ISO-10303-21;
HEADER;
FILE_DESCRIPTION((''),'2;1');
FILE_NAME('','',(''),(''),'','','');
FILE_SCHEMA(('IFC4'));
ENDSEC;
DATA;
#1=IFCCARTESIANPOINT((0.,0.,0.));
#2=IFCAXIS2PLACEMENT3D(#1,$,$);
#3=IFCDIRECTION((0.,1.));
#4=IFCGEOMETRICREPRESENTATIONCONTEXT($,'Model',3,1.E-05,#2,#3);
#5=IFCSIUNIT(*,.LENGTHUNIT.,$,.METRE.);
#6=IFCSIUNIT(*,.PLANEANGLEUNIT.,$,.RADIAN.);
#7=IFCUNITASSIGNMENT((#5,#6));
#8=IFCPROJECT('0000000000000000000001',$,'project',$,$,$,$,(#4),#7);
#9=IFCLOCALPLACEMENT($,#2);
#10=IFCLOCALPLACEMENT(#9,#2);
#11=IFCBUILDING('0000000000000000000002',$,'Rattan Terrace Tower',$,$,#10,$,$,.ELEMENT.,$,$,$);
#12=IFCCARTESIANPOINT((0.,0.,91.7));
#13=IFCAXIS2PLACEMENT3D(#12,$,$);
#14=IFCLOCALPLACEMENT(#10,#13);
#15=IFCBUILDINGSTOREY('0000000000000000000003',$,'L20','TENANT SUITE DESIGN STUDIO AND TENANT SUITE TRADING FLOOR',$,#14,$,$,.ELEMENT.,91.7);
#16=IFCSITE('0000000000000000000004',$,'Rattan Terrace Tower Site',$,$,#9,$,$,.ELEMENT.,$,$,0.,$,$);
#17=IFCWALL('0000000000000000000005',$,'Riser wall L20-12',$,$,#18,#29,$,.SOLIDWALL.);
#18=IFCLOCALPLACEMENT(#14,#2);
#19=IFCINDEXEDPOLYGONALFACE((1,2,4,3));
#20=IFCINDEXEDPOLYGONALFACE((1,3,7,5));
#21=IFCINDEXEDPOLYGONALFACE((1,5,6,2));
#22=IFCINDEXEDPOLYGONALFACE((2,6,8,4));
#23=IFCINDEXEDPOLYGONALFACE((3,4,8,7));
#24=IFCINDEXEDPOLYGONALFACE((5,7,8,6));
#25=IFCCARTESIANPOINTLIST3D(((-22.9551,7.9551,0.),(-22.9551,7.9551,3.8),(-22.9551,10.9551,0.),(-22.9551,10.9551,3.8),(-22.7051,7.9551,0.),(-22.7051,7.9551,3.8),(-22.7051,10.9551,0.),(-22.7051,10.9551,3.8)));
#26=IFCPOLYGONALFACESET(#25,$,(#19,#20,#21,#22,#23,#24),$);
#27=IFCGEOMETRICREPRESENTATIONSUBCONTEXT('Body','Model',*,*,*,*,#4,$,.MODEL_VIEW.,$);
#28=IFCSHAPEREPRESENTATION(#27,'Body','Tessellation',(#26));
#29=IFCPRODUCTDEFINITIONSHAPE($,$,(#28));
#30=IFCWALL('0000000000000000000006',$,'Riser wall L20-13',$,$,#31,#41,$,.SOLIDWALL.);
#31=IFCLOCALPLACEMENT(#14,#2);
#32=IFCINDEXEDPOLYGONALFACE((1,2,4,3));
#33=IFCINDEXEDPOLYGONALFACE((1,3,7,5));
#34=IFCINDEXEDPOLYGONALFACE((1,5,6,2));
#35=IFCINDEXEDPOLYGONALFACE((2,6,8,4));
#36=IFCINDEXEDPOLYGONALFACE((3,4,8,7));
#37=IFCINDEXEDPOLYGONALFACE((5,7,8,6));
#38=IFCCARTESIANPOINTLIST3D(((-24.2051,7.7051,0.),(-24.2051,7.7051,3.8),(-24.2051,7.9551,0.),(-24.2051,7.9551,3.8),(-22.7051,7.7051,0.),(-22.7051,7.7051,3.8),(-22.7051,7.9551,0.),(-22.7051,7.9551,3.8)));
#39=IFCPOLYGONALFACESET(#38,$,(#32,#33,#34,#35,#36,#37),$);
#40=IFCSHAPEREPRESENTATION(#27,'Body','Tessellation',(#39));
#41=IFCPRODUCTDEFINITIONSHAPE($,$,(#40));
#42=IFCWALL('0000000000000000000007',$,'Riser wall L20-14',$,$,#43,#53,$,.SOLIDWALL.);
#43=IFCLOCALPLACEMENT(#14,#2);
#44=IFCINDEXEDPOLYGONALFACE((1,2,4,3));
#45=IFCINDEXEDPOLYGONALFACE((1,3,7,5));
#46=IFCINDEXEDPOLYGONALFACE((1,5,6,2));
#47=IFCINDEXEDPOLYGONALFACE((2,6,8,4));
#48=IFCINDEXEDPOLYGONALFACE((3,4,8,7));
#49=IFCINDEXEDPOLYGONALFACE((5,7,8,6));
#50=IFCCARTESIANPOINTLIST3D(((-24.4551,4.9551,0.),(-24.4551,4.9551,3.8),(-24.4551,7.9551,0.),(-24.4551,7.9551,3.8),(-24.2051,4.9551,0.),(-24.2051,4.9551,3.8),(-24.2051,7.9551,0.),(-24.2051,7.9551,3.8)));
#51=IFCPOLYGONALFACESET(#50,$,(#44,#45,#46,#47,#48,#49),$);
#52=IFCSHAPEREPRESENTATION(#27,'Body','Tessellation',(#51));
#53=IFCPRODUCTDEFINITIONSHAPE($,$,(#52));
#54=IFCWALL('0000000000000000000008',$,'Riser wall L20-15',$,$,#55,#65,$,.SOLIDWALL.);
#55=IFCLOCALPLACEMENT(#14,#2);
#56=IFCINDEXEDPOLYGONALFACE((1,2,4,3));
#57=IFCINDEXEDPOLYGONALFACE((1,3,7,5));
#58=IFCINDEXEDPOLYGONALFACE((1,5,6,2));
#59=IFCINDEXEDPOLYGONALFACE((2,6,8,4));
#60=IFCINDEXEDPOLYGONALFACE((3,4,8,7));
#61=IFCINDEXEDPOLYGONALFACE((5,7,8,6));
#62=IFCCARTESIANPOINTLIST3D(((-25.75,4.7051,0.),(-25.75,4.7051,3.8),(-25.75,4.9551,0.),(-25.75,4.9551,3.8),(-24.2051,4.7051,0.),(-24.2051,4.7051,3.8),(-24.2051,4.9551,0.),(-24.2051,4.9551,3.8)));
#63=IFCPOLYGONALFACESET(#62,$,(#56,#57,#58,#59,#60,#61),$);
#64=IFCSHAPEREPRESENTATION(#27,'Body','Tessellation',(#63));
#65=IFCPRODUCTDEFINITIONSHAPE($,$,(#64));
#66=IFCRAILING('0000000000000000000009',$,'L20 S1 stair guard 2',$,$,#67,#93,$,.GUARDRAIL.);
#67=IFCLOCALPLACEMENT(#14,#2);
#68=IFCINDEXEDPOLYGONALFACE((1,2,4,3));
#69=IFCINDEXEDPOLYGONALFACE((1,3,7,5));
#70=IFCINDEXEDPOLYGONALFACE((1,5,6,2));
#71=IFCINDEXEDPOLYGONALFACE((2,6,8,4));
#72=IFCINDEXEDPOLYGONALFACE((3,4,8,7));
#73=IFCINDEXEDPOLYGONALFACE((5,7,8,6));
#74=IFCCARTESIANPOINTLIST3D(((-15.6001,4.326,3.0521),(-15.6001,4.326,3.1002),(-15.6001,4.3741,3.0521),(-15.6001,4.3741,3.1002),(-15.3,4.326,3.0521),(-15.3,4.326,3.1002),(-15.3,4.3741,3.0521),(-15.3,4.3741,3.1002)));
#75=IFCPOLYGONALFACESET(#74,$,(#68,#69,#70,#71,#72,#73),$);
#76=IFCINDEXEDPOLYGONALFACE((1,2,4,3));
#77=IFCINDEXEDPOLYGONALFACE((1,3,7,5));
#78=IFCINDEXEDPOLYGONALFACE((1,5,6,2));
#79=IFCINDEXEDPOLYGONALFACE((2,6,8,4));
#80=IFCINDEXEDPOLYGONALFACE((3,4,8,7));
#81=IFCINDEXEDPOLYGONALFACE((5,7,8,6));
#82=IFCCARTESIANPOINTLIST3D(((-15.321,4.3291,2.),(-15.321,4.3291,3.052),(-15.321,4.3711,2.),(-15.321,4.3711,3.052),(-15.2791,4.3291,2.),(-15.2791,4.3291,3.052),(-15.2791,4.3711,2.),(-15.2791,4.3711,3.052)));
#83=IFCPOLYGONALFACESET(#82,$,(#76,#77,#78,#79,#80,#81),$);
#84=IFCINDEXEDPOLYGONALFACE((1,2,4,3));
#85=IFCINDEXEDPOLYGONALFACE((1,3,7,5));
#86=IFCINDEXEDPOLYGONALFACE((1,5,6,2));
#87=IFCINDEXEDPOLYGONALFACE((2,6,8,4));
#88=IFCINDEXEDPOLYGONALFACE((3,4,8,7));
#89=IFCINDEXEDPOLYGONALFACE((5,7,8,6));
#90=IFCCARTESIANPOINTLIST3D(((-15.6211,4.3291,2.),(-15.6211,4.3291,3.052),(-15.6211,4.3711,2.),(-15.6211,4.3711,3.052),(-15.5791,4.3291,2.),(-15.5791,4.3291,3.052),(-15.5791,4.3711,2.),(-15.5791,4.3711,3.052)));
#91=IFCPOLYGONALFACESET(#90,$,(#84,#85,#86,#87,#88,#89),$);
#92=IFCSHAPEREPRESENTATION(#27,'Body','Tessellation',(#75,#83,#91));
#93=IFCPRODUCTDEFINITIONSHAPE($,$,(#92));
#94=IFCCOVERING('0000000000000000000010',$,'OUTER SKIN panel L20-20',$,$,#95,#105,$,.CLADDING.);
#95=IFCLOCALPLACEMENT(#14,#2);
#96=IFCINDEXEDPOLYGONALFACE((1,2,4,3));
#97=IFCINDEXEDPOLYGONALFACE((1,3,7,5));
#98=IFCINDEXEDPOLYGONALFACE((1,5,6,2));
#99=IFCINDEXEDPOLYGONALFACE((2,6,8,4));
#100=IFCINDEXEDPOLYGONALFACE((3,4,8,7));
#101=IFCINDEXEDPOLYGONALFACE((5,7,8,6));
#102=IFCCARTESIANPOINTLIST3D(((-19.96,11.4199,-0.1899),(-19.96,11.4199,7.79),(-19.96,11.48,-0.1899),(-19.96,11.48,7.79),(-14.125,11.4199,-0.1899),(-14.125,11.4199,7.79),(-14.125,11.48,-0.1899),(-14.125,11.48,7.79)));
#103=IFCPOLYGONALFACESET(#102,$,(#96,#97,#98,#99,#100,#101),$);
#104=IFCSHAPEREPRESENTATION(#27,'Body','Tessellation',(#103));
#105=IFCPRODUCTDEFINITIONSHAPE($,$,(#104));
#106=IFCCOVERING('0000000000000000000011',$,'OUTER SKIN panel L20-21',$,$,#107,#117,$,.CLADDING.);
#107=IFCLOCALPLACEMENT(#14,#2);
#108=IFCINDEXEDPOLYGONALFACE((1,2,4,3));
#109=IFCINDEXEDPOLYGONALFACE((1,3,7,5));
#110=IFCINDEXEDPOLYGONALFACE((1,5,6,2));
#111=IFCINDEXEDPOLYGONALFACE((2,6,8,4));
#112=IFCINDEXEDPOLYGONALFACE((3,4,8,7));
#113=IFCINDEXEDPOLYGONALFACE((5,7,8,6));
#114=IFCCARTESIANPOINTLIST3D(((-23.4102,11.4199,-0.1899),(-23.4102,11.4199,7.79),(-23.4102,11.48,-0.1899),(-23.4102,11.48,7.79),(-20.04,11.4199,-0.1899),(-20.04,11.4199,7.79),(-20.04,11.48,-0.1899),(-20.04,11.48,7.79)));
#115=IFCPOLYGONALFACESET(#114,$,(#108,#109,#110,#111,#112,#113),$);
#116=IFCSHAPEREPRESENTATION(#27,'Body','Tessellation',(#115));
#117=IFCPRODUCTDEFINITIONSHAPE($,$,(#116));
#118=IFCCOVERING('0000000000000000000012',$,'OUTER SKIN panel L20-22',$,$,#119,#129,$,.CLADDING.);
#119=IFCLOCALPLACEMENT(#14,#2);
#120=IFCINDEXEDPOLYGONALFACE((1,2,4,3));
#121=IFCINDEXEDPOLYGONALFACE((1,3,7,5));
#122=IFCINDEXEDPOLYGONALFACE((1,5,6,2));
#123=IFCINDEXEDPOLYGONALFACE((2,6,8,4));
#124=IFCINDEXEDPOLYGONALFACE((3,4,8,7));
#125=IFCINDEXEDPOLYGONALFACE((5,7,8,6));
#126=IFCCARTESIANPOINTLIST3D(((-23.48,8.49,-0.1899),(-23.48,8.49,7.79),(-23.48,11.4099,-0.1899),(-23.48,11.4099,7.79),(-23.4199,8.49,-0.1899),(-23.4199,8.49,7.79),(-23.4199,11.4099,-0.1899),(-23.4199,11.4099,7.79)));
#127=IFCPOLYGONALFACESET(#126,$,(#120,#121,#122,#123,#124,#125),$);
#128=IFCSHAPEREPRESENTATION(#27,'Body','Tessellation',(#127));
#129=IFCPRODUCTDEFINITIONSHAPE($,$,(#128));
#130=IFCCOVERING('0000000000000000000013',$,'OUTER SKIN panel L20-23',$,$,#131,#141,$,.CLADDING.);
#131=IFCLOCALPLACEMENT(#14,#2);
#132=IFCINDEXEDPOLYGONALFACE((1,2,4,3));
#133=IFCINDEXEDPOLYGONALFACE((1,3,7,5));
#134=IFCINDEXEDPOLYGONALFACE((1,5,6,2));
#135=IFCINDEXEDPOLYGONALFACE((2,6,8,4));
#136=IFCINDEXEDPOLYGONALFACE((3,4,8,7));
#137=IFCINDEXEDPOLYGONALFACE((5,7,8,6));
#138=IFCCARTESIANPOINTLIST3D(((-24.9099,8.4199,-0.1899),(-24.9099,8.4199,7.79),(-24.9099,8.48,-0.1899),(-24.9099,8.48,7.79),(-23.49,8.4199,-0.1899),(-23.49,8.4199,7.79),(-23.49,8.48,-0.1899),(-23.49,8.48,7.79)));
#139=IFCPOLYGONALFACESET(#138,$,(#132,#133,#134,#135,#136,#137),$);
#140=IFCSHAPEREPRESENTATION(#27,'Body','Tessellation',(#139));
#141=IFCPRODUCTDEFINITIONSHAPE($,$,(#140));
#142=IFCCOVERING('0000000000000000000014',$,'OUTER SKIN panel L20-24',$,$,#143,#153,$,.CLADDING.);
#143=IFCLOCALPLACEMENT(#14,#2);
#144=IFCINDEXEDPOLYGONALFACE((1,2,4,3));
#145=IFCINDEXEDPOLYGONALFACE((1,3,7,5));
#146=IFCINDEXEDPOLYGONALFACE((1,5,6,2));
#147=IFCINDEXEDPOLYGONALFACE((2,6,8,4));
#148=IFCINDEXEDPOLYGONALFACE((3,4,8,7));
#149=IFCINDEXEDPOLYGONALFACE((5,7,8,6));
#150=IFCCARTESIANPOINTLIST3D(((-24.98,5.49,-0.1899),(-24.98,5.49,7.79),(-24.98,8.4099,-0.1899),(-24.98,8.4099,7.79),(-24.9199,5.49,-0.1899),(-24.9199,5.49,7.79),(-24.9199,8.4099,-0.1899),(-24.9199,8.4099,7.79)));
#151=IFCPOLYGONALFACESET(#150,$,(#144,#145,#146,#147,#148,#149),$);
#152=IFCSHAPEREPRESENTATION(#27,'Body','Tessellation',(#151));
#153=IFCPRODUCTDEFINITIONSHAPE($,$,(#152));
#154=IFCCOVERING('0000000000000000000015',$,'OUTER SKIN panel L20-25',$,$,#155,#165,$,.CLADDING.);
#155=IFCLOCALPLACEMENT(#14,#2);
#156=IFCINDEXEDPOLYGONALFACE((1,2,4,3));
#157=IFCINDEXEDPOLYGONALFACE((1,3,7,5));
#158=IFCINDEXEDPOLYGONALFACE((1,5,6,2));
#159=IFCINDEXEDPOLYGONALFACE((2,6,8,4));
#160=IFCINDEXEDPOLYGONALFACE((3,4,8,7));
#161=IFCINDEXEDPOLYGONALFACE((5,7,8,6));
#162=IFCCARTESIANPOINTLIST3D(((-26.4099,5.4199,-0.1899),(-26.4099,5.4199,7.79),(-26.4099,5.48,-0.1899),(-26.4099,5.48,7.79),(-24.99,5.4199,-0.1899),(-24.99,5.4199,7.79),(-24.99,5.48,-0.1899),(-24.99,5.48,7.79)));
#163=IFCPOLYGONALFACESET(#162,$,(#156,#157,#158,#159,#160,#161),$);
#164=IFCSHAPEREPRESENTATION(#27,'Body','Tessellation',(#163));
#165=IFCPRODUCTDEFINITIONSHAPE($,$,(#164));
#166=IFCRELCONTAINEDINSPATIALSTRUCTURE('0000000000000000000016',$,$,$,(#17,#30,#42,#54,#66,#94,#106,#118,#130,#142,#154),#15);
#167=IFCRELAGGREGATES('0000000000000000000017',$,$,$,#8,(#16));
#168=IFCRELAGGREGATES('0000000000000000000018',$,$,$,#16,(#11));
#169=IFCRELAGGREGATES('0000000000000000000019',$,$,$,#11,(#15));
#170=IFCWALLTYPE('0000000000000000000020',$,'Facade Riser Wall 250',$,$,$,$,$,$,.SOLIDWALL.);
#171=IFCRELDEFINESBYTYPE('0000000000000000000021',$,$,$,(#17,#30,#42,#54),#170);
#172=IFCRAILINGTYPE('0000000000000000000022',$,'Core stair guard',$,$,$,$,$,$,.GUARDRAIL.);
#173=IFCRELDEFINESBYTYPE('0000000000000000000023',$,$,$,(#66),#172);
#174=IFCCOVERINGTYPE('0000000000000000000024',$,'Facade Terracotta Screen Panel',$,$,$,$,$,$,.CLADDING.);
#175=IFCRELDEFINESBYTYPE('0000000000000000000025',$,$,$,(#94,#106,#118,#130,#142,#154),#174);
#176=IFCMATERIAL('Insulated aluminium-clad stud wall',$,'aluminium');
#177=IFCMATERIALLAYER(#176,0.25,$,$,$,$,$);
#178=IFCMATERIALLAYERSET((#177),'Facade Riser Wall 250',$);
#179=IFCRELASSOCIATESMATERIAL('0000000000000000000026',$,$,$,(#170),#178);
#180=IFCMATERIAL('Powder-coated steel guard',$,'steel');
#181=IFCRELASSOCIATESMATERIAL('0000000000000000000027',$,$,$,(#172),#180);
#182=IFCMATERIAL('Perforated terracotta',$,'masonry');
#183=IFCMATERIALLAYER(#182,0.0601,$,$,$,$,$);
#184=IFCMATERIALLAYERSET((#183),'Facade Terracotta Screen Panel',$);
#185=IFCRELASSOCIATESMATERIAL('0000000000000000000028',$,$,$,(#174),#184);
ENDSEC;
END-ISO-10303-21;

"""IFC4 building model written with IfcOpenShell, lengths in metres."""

from ifc_helpers import new_model, si_unit, direction, frame, frame_2d, origin, origin_2d, place, context, subcontext, project, spatial, rectangle, extrude, material, layer, layer_set, type_object, element, save


model = new_model("IFC4")

# Units and contexts
model_context = context("Model", 3, precision=1e-05, world=origin(), true_north=direction((0.0, 1.0)))
body_context = subcontext(model_context, "Body", "Model", "MODEL_VIEW")
ifc_project = project(units=[si_unit("LENGTHUNIT", "METRE"), si_unit("PLANEANGLEUNIT", "RADIAN")], contexts=[model_context])

# Site, building, storey
site_placement = place(None, origin())
site = spatial("IfcSite", under=ifc_project, at=site_placement, Name="Rattan Terrace Tower Site", CompositionType="ELEMENT", RefElevation=0.0)
building_placement = place(site_placement, origin())
building = spatial("IfcBuilding", under=site, at=building_placement, Name="Rattan Terrace Tower", CompositionType="ELEMENT")
storey_placement = place(building_placement, frame((0.0, 0.0, 91.7)))
storey = spatial("IfcBuildingStorey", under=building, at=storey_placement, Name="L20", Description="TENANT SUITE DESIGN STUDIO AND TENANT SUITE TRADING FLOOR", CompositionType="ELEMENT", Elevation=91.7)

# Walls
ifc_material_1 = material(Name="Insulated aluminium-clad stud wall", Category="aluminium")
ifc_layer_1 = layer(ifc_material_1, 0.25)
ifc_layer_set_1 = layer_set([ifc_layer_1], Name="Facade Riser Wall 250")
wall_type_1 = type_object("IfcWallType", Name="Facade Riser Wall 250", PredefinedType="SOLIDWALL", material=ifc_layer_set_1)
wall_1_placement = place(storey_placement, frame((-22.8301, 10.9551, 0.0), z_axis=(0.0, 0.0, 1.0), x_axis=(0.0, -1.0, 0.0)))
element("IfcWall", 1, at=wall_1_placement, inside=storey, type_object=wall_type_1, Name="Riser wall L20-12", PredefinedType="SOLIDWALL", context=body_context, shape_type="SweptSolid", body=[
    extrude(rectangle(XDim=3.0, YDim=0.25, at=frame_2d((1.5, 0.0))), origin(), (0.0, 0.0, 1.0), 3.8),
])
wall_2_placement = place(storey_placement, frame((-22.7051, 7.8301, 0.0), z_axis=(0.0, 0.0, 1.0), x_axis=(-1.0, 0.0, 0.0)))
element("IfcWall", 2, at=wall_2_placement, inside=storey, type_object=wall_type_1, Name="Riser wall L20-13", PredefinedType="SOLIDWALL", context=body_context, shape_type="SweptSolid", body=[
    extrude(rectangle(XDim=1.5, YDim=0.25, at=frame_2d((0.75, 0.0))), origin(), (0.0, 0.0, 1.0), 3.8),
])
wall_3_placement = place(storey_placement, frame((-24.3301, 7.9551, 0.0), z_axis=(0.0, 0.0, 1.0), x_axis=(0.0, -1.0, 0.0)))
element("IfcWall", 3, at=wall_3_placement, inside=storey, type_object=wall_type_1, Name="Riser wall L20-14", PredefinedType="SOLIDWALL", context=body_context, shape_type="SweptSolid", body=[
    extrude(rectangle(XDim=3.0, YDim=0.25, at=frame_2d((1.5, 0.0))), origin(), (0.0, 0.0, 1.0), 3.8),
])
wall_4_placement = place(storey_placement, frame((-24.2051, 4.8301, 0.0), z_axis=(0.0, 0.0, 1.0), x_axis=(-1.0, 0.0, 0.0)))
element("IfcWall", 4, at=wall_4_placement, inside=storey, type_object=wall_type_1, Name="Riser wall L20-15", PredefinedType="SOLIDWALL", context=body_context, shape_type="SweptSolid", body=[
    extrude(rectangle(XDim=1.5449, YDim=0.25, at=frame_2d((0.7725, 0.0))), origin(), (0.0, 0.0, 1.0), 3.8),
])

# Railing
ifc_material_2 = material(Name="Powder-coated steel guard", Category="steel")
railing_type = type_object("IfcRailingType", Name="Core stair guard", PredefinedType="GUARDRAIL", material=ifc_material_2)
railing_placement = place(storey_placement, frame((-15.3, 4.3501, 2.0)))
element("IfcRailing", 5, at=railing_placement, inside=storey, type_object=railing_type, Name="L20 S1 stair guard 2", PredefinedType="GUARDRAIL", context=body_context, shape_type="SweptSolid", body=[
    extrude(rectangle(XDim=0.0481, YDim=0.0481, at=origin_2d()), frame((0.0, 0.0, 1.0762), z_axis=(-1.0, 0.0, 0.0), x_axis=(0.0, -1.0, 0.0)), (0.0, 0.0, 1.0), 0.3),
    extrude(rectangle(XDim=0.042, YDim=0.042, at=origin_2d()), origin(), (0.0, 0.0, 1.0), 1.052),
    extrude(rectangle(XDim=0.042, YDim=0.042, at=origin_2d()), frame((-0.3, 0.0, 0.0)), (0.0, 0.0, 1.0), 1.052),
])

# Coverings
ifc_material_3 = material(Name="Perforated terracotta", Category="masonry")
ifc_layer_2 = layer(ifc_material_3, 0.0601)
ifc_layer_set_2 = layer_set([ifc_layer_2], Name="Facade Terracotta Screen Panel")
covering_type = type_object("IfcCoveringType", Name="Facade Terracotta Screen Panel", PredefinedType="CLADDING", material=ifc_layer_set_2)
covering_1_placement = place(storey_placement, frame((-17.0425, 11.45, -0.1899), z_axis=(0.0, 0.0, 1.0), x_axis=(-1.0, 0.0, 0.0)))
element("IfcCovering", 6, at=covering_1_placement, inside=storey, type_object=covering_type, Name="OUTER SKIN panel L20-20", PredefinedType="CLADDING", context=body_context, shape_type="SweptSolid", body=[
    extrude(rectangle(XDim=5.835, YDim=0.0601, at=origin_2d()), origin(), (0.0, 0.0, 1.0), 7.98),
])
covering_2_placement = place(storey_placement, frame((-21.7251, 11.45, -0.1899), z_axis=(0.0, 0.0, 1.0), x_axis=(-1.0, 0.0, 0.0)))
element("IfcCovering", 7, at=covering_2_placement, inside=storey, type_object=covering_type, Name="OUTER SKIN panel L20-21", PredefinedType="CLADDING", context=body_context, shape_type="SweptSolid", body=[
    extrude(rectangle(XDim=3.3701, YDim=0.0601, at=origin_2d()), origin(), (0.0, 0.0, 1.0), 7.98),
])
covering_3_placement = place(storey_placement, frame((-23.45, 9.95, -0.1899), z_axis=(0.0, 0.0, 1.0), x_axis=(0.0, -1.0, 0.0)))
element("IfcCovering", 8, at=covering_3_placement, inside=storey, type_object=covering_type, Name="OUTER SKIN panel L20-22", PredefinedType="CLADDING", context=body_context, shape_type="SweptSolid", body=[
    extrude(rectangle(XDim=2.9199, YDim=0.0601, at=origin_2d()), origin(), (0.0, 0.0, 1.0), 7.98),
])
covering_4_placement = place(storey_placement, frame((-24.2, 8.45, -0.1899), z_axis=(0.0, 0.0, 1.0), x_axis=(-1.0, 0.0, 0.0)))
element("IfcCovering", 9, at=covering_4_placement, inside=storey, type_object=covering_type, Name="OUTER SKIN panel L20-23", PredefinedType="CLADDING", context=body_context, shape_type="SweptSolid", body=[
    extrude(rectangle(XDim=1.4199, YDim=0.0601, at=origin_2d()), origin(), (0.0, 0.0, 1.0), 7.98),
])
covering_5_placement = place(storey_placement, frame((-24.95, 6.95, -0.1899), z_axis=(0.0, 0.0, 1.0), x_axis=(0.0, -1.0, 0.0)))
element("IfcCovering", 10, at=covering_5_placement, inside=storey, type_object=covering_type, Name="OUTER SKIN panel L20-24", PredefinedType="CLADDING", context=body_context, shape_type="SweptSolid", body=[
    extrude(rectangle(XDim=2.9199, YDim=0.0601, at=origin_2d()), origin(), (0.0, 0.0, 1.0), 7.98),
])
covering_6_placement = place(storey_placement, frame((-25.7, 5.45, -0.1899), z_axis=(0.0, 0.0, 1.0), x_axis=(-1.0, 0.0, 0.0)))
element("IfcCovering", 11, at=covering_6_placement, inside=storey, type_object=covering_type, Name="OUTER SKIN panel L20-25", PredefinedType="CLADDING", context=body_context, shape_type="SweptSolid", body=[
    extrude(rectangle(XDim=1.4199, YDim=0.0601, at=origin_2d()), origin(), (0.0, 0.0, 1.0), 7.98),
])

save(model, "model.ifc")
